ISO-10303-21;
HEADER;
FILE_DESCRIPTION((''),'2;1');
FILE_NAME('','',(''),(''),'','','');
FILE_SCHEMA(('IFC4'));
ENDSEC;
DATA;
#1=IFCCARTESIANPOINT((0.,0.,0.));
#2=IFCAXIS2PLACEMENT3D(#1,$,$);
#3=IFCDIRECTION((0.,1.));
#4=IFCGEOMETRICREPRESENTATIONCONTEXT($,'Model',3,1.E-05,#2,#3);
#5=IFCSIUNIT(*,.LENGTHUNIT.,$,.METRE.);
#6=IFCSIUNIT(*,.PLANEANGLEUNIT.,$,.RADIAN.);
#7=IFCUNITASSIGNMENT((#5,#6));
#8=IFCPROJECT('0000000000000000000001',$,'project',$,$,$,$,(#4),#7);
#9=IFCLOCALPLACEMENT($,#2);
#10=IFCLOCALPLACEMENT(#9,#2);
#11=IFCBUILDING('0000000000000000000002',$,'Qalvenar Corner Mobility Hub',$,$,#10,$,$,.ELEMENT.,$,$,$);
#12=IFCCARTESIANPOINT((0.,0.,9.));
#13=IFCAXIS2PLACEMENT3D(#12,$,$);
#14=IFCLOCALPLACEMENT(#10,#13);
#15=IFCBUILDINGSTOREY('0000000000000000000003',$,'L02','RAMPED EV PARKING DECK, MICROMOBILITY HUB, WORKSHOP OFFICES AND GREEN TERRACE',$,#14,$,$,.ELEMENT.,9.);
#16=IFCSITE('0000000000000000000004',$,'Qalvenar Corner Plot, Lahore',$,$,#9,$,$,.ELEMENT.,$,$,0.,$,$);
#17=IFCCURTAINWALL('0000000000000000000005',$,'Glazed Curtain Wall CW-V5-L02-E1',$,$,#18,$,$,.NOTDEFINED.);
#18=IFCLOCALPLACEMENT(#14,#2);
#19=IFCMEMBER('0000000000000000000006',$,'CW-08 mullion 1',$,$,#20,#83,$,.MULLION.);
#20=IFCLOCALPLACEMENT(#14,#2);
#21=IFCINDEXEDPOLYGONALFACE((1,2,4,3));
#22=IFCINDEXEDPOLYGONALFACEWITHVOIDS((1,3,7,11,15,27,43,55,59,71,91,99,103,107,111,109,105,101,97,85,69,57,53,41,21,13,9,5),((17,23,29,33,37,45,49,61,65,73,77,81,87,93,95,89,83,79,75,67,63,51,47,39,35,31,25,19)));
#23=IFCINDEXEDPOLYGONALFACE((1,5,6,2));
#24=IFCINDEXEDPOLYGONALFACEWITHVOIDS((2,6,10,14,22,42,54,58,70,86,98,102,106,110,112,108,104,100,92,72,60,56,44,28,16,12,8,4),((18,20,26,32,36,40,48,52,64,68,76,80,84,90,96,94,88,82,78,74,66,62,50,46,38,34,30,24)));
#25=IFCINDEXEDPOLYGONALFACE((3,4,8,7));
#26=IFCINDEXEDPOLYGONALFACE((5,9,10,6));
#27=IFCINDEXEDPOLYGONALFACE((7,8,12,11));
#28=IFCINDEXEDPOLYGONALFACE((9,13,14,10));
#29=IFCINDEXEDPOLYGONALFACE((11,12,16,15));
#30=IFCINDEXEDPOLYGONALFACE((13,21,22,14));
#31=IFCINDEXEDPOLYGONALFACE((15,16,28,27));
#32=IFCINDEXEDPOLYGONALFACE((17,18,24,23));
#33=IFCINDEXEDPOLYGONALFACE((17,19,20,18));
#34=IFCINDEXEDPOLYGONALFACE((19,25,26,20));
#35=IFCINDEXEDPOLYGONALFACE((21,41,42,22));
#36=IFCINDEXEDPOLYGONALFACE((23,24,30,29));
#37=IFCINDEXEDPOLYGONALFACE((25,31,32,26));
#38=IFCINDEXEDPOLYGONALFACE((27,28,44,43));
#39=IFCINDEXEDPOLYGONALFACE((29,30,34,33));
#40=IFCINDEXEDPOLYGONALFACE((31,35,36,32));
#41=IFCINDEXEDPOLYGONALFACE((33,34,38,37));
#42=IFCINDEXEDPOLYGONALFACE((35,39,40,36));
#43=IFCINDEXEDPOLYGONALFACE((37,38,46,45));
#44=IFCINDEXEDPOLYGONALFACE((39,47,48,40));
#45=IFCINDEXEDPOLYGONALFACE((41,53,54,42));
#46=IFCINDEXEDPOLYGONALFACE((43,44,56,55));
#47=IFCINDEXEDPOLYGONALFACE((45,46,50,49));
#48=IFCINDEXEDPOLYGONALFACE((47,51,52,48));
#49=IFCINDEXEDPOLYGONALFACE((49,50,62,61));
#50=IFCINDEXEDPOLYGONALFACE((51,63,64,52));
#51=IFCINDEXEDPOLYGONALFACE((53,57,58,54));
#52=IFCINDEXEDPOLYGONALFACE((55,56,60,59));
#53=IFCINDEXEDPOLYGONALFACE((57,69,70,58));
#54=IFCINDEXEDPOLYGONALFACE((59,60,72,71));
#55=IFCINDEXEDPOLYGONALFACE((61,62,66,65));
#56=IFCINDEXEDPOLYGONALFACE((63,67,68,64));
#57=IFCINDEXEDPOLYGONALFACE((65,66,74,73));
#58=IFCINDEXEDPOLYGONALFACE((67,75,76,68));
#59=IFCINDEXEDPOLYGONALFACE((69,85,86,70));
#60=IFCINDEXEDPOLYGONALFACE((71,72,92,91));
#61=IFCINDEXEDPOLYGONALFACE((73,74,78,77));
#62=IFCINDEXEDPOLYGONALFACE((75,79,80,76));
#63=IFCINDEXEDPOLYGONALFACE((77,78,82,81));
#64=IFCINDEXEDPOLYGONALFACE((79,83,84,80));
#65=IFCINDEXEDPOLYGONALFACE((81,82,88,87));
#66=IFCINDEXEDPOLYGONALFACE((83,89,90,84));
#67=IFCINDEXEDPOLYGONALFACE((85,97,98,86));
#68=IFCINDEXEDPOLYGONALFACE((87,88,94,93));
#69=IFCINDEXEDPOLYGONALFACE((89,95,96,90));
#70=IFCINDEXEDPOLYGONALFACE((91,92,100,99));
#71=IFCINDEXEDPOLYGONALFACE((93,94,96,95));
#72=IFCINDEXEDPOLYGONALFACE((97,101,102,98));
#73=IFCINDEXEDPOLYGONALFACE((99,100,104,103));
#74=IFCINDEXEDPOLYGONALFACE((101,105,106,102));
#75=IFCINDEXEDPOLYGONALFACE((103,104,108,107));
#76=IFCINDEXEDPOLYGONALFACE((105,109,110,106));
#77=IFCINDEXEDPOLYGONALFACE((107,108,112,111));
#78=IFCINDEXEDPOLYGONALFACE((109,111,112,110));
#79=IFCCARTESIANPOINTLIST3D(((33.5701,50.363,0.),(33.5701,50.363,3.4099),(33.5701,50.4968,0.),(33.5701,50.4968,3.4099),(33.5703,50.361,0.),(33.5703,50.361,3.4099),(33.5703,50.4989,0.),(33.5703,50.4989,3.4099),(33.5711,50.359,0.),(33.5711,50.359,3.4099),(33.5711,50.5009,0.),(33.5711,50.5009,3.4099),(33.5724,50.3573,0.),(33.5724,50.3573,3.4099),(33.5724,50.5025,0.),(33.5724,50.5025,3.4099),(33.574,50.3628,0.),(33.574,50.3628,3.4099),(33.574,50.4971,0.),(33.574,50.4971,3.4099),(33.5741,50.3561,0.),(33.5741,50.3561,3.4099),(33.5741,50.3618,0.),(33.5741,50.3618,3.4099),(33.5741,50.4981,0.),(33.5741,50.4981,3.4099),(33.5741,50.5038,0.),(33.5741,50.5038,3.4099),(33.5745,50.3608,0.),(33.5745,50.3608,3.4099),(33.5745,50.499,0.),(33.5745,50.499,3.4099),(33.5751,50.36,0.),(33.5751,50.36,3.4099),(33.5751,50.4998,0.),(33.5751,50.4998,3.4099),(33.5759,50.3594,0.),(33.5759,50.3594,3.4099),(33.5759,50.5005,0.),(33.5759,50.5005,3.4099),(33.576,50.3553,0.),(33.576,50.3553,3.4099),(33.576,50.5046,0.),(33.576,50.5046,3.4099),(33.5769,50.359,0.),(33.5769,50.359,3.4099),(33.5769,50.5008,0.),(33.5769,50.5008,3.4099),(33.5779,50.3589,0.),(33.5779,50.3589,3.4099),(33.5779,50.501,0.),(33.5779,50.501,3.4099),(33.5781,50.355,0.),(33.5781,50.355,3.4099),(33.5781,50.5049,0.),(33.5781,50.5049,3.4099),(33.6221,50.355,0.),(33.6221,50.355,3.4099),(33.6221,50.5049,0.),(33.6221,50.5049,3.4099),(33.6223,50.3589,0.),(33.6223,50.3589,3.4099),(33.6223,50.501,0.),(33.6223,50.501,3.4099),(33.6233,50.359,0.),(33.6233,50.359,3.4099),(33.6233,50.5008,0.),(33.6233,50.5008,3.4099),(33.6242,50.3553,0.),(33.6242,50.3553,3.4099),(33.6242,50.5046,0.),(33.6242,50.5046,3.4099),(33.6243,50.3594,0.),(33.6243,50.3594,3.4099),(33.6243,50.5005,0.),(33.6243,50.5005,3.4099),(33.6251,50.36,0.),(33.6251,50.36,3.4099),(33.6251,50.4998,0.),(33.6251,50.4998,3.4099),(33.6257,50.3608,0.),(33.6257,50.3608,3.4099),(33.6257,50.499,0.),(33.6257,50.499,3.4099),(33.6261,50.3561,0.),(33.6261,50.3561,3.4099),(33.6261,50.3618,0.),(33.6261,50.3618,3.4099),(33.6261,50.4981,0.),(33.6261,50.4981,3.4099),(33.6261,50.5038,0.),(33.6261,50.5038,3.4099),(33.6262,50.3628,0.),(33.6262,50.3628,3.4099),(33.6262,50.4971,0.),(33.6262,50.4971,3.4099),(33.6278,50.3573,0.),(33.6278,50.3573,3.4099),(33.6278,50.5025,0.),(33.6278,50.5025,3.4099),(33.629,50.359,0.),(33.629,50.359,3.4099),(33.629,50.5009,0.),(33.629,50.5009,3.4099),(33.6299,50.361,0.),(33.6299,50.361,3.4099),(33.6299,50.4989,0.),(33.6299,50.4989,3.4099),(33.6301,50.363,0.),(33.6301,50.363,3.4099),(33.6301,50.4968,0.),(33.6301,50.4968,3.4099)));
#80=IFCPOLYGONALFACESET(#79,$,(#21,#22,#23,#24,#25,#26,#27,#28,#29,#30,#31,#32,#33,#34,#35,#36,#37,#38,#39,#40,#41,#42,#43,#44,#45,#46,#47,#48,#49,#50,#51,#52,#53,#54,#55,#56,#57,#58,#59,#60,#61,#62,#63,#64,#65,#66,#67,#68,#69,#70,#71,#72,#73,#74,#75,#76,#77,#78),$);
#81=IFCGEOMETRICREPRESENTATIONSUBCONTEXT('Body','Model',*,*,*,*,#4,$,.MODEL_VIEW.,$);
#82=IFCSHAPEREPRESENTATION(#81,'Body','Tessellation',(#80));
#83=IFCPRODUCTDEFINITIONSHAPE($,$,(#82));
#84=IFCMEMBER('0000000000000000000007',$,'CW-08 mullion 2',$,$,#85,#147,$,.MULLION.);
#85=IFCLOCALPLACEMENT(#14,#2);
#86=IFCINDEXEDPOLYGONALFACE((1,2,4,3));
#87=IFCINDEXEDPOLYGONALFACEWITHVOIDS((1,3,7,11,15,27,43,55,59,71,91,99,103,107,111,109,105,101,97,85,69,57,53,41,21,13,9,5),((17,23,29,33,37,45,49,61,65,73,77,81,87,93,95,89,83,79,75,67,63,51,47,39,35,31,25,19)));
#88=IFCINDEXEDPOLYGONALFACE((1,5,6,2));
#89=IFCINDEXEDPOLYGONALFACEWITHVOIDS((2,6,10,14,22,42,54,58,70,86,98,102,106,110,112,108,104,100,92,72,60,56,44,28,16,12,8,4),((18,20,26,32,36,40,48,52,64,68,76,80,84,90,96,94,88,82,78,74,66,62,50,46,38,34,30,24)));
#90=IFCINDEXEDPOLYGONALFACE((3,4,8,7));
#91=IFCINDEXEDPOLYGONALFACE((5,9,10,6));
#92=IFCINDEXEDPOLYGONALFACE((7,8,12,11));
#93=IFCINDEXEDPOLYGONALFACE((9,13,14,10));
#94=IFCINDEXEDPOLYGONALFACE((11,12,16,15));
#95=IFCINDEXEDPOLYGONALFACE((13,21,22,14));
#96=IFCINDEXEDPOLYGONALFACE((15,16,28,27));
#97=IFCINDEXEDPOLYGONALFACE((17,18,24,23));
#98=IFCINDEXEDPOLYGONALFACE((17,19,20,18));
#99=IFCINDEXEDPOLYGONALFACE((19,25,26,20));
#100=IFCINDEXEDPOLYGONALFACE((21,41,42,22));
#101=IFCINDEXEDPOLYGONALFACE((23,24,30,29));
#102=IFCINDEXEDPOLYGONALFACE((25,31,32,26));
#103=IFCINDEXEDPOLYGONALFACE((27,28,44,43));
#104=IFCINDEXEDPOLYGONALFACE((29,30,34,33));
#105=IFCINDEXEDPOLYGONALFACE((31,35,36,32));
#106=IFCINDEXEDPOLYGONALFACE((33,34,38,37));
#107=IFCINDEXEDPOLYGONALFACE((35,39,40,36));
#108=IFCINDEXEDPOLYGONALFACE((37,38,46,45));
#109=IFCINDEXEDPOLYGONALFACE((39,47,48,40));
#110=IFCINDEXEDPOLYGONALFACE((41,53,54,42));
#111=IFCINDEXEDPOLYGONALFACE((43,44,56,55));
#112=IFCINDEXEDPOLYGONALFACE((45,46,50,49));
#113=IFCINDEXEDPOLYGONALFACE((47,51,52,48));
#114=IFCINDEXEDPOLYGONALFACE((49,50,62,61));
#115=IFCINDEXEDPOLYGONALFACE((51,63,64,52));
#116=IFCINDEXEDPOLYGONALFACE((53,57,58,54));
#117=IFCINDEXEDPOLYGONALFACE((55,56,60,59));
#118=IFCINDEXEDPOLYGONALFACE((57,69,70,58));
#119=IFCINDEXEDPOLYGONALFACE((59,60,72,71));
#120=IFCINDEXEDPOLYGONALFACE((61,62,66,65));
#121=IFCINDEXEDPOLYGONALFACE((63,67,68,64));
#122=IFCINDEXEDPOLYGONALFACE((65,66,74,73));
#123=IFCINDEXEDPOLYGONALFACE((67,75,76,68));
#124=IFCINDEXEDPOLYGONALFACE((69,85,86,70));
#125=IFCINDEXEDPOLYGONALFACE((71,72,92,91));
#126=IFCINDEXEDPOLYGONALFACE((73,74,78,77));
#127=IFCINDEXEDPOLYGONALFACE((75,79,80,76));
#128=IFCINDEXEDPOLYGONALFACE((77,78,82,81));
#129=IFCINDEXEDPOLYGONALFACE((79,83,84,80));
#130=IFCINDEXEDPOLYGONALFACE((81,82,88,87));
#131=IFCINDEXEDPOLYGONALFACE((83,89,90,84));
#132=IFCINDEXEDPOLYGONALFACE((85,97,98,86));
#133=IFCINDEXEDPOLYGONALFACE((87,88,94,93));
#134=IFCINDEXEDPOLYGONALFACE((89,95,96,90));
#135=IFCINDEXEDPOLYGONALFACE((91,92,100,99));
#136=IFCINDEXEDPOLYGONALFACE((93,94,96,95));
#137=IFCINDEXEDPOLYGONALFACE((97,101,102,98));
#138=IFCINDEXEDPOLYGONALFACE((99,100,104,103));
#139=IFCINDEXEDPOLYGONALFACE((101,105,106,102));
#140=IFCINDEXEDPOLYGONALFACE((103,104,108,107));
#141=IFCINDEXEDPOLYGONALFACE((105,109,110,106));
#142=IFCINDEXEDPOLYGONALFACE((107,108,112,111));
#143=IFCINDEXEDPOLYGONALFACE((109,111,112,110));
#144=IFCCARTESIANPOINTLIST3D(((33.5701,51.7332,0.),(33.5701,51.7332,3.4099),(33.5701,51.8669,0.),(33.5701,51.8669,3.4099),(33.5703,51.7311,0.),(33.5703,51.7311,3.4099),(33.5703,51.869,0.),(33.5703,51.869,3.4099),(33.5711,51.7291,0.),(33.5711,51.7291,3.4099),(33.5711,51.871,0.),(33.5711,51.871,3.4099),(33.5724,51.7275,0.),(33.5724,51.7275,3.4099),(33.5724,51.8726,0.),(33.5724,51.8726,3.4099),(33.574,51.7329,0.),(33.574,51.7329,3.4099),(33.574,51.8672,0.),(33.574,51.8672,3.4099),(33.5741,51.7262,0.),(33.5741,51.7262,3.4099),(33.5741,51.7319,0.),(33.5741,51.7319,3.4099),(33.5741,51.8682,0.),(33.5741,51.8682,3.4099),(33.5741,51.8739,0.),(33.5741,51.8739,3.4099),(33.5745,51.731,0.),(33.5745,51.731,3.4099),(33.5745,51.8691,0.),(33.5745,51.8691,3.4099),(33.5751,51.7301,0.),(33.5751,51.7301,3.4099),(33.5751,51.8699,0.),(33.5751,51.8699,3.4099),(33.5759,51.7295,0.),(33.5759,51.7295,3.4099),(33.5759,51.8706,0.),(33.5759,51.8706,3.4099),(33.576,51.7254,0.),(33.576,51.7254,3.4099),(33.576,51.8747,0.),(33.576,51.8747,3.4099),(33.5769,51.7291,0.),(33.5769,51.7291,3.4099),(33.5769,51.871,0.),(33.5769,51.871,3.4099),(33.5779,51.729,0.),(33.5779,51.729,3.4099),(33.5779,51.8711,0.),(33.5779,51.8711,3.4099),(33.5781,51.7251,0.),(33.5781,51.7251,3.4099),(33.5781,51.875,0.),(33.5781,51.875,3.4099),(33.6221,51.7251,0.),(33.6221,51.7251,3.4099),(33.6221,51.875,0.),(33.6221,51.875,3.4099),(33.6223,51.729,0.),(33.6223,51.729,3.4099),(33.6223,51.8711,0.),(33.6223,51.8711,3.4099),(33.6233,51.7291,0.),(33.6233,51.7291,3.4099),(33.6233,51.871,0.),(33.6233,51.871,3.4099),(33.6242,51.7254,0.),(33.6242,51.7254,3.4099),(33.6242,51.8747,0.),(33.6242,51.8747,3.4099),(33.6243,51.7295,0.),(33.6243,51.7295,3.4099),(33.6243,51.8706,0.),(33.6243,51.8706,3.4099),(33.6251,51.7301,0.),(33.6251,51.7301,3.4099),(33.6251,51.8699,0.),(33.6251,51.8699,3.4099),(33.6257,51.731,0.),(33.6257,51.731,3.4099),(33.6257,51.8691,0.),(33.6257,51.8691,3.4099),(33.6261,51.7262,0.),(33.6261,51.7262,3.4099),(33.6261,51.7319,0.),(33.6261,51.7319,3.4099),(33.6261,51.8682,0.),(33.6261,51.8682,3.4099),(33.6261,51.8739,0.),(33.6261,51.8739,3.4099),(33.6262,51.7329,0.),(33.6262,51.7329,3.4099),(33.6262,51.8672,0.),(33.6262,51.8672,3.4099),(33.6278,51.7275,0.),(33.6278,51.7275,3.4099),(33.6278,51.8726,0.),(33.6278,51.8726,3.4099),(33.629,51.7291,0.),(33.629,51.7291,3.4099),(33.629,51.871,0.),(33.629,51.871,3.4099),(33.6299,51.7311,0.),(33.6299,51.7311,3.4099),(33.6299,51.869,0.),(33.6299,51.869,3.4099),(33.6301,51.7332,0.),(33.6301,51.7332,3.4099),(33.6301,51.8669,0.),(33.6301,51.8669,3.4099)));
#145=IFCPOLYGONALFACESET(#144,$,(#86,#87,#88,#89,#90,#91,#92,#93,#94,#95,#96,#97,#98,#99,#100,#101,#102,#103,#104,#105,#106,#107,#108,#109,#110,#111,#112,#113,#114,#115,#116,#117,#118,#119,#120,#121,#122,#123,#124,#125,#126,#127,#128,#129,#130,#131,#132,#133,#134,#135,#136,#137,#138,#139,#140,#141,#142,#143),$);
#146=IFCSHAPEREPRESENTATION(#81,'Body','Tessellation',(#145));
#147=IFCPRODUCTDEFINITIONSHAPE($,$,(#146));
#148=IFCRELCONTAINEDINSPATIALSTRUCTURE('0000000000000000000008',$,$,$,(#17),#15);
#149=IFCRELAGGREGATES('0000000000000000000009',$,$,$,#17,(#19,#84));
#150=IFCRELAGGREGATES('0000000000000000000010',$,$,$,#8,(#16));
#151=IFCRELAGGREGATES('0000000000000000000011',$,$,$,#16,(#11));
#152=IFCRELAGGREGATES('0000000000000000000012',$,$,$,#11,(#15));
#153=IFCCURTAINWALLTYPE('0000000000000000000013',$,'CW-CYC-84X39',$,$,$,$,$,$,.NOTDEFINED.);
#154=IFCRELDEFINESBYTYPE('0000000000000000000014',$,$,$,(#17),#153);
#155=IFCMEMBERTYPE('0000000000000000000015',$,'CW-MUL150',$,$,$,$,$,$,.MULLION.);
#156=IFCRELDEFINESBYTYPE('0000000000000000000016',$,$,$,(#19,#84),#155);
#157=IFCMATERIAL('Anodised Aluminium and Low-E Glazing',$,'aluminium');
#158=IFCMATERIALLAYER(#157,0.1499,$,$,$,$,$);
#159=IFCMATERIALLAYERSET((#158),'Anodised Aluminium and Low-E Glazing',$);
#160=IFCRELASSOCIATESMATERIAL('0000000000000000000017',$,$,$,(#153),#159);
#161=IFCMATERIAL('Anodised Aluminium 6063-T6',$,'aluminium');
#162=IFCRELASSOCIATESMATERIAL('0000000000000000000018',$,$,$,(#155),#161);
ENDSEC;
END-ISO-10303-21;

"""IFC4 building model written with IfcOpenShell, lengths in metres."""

from ifc_helpers import new_model, si_unit, direction, frame, origin, origin_2d, place, context, subcontext, project, spatial, hollow_rectangle, extrude, material, layer, layer_set, material_profile, profile_set, type_object, element, aggregate, save


model = new_model("IFC4")

# Units and contexts
model_context = context("Model", 3, precision=1e-05, world=origin(), true_north=direction((0.0, 1.0)))
body_context = subcontext(model_context, "Body", "Model", "MODEL_VIEW")
ifc_project = project(units=[si_unit("LENGTHUNIT", "METRE"), si_unit("PLANEANGLEUNIT", "RADIAN")], contexts=[model_context])

# Site, building, storey
site_placement = place(None, origin())
site = spatial("IfcSite", under=ifc_project, at=site_placement, Name="Qalvenar Corner Plot, Lahore", CompositionType="ELEMENT", RefElevation=0.0)
building_placement = place(site_placement, origin())
building = spatial("IfcBuilding", under=site, at=building_placement, Name="Qalvenar Corner Mobility Hub", CompositionType="ELEMENT")
storey_placement = place(building_placement, frame((0.0, 0.0, 9.0)))
storey = spatial("IfcBuildingStorey", under=building, at=storey_placement, Name="L02", Description="RAMPED EV PARKING DECK, MICROMOBILITY HUB, WORKSHOP OFFICES AND GREEN TERRACE", CompositionType="ELEMENT", Elevation=9.0)

# Curtain wall, members
ifc_material_1 = material(Name="Anodised Aluminium and Low-E Glazing", Category="aluminium")
ifc_layer_1 = layer(ifc_material_1, 0.1499)
ifc_layer_set_1 = layer_set([ifc_layer_1], Name="Anodised Aluminium and Low-E Glazing")
curtain_wall_type = type_object("IfcCurtainWallType", Name="CW-CYC-84X39", PredefinedType="NOTDEFINED", material=ifc_layer_set_1)
curtain_wall_placement = place(storey_placement, origin())
curtain_wall = element("IfcCurtainWall", 1, at=curtain_wall_placement, inside=storey, type_object=curtain_wall_type, Name="Glazed Curtain Wall CW-V5-L02-E1", PredefinedType="NOTDEFINED")
ifc_material_2 = material(Name="Anodised Aluminium 6063-T6", Category="aluminium")
ifc_material_profile_1 = material_profile(ifc_material_2, hollow_rectangle(XDim=0.0601, YDim=0.1499, WallThickness=0.0039, InnerFilletRadius=0.0039, OuterFilletRadius=0.0081, at=origin_2d()), Name="RHS150x60x4")
ifc_profile_set_1 = profile_set([ifc_material_profile_1], Name="Anodised Aluminium 6063-T6")
member_type_1 = type_object("IfcMemberType", Name="CW-MUL150", PredefinedType="MULLION", material=ifc_profile_set_1)
member_1_placement = place(storey_placement, frame((33.6001, 50.4299, 0.0), z_axis=(0.0, 0.0, 1.0), x_axis=(-1.0, 0.0, 0.0)))
member_1 = element("IfcMember", 2, at=member_1_placement, type_object=member_type_1, Name="CW-08 mullion 1", PredefinedType="MULLION", context=body_context, shape_type="SweptSolid", body=[
    extrude(hollow_rectangle(XDim=0.0601, YDim=0.1499, WallThickness=0.0039, InnerFilletRadius=0.0039, OuterFilletRadius=0.0081, at=origin_2d()), origin(), (0.0, 0.0, 1.0), 3.4099),
])
member_2_placement = place(storey_placement, frame((33.6001, 51.8, 0.0), z_axis=(0.0, 0.0, 1.0), x_axis=(-1.0, 0.0, 0.0)))
member_2 = element("IfcMember", 3, at=member_2_placement, type_object=member_type_1, Name="CW-08 mullion 2", PredefinedType="MULLION", context=body_context, shape_type="SweptSolid", body=[
    extrude(hollow_rectangle(XDim=0.0601, YDim=0.1499, WallThickness=0.0039, InnerFilletRadius=0.0039, OuterFilletRadius=0.0081, at=origin_2d()), origin(), (0.0, 0.0, 1.0), 3.4099),
])

aggregate(curtain_wall, [member_1, member_2])

save(model, "model.ifc")
